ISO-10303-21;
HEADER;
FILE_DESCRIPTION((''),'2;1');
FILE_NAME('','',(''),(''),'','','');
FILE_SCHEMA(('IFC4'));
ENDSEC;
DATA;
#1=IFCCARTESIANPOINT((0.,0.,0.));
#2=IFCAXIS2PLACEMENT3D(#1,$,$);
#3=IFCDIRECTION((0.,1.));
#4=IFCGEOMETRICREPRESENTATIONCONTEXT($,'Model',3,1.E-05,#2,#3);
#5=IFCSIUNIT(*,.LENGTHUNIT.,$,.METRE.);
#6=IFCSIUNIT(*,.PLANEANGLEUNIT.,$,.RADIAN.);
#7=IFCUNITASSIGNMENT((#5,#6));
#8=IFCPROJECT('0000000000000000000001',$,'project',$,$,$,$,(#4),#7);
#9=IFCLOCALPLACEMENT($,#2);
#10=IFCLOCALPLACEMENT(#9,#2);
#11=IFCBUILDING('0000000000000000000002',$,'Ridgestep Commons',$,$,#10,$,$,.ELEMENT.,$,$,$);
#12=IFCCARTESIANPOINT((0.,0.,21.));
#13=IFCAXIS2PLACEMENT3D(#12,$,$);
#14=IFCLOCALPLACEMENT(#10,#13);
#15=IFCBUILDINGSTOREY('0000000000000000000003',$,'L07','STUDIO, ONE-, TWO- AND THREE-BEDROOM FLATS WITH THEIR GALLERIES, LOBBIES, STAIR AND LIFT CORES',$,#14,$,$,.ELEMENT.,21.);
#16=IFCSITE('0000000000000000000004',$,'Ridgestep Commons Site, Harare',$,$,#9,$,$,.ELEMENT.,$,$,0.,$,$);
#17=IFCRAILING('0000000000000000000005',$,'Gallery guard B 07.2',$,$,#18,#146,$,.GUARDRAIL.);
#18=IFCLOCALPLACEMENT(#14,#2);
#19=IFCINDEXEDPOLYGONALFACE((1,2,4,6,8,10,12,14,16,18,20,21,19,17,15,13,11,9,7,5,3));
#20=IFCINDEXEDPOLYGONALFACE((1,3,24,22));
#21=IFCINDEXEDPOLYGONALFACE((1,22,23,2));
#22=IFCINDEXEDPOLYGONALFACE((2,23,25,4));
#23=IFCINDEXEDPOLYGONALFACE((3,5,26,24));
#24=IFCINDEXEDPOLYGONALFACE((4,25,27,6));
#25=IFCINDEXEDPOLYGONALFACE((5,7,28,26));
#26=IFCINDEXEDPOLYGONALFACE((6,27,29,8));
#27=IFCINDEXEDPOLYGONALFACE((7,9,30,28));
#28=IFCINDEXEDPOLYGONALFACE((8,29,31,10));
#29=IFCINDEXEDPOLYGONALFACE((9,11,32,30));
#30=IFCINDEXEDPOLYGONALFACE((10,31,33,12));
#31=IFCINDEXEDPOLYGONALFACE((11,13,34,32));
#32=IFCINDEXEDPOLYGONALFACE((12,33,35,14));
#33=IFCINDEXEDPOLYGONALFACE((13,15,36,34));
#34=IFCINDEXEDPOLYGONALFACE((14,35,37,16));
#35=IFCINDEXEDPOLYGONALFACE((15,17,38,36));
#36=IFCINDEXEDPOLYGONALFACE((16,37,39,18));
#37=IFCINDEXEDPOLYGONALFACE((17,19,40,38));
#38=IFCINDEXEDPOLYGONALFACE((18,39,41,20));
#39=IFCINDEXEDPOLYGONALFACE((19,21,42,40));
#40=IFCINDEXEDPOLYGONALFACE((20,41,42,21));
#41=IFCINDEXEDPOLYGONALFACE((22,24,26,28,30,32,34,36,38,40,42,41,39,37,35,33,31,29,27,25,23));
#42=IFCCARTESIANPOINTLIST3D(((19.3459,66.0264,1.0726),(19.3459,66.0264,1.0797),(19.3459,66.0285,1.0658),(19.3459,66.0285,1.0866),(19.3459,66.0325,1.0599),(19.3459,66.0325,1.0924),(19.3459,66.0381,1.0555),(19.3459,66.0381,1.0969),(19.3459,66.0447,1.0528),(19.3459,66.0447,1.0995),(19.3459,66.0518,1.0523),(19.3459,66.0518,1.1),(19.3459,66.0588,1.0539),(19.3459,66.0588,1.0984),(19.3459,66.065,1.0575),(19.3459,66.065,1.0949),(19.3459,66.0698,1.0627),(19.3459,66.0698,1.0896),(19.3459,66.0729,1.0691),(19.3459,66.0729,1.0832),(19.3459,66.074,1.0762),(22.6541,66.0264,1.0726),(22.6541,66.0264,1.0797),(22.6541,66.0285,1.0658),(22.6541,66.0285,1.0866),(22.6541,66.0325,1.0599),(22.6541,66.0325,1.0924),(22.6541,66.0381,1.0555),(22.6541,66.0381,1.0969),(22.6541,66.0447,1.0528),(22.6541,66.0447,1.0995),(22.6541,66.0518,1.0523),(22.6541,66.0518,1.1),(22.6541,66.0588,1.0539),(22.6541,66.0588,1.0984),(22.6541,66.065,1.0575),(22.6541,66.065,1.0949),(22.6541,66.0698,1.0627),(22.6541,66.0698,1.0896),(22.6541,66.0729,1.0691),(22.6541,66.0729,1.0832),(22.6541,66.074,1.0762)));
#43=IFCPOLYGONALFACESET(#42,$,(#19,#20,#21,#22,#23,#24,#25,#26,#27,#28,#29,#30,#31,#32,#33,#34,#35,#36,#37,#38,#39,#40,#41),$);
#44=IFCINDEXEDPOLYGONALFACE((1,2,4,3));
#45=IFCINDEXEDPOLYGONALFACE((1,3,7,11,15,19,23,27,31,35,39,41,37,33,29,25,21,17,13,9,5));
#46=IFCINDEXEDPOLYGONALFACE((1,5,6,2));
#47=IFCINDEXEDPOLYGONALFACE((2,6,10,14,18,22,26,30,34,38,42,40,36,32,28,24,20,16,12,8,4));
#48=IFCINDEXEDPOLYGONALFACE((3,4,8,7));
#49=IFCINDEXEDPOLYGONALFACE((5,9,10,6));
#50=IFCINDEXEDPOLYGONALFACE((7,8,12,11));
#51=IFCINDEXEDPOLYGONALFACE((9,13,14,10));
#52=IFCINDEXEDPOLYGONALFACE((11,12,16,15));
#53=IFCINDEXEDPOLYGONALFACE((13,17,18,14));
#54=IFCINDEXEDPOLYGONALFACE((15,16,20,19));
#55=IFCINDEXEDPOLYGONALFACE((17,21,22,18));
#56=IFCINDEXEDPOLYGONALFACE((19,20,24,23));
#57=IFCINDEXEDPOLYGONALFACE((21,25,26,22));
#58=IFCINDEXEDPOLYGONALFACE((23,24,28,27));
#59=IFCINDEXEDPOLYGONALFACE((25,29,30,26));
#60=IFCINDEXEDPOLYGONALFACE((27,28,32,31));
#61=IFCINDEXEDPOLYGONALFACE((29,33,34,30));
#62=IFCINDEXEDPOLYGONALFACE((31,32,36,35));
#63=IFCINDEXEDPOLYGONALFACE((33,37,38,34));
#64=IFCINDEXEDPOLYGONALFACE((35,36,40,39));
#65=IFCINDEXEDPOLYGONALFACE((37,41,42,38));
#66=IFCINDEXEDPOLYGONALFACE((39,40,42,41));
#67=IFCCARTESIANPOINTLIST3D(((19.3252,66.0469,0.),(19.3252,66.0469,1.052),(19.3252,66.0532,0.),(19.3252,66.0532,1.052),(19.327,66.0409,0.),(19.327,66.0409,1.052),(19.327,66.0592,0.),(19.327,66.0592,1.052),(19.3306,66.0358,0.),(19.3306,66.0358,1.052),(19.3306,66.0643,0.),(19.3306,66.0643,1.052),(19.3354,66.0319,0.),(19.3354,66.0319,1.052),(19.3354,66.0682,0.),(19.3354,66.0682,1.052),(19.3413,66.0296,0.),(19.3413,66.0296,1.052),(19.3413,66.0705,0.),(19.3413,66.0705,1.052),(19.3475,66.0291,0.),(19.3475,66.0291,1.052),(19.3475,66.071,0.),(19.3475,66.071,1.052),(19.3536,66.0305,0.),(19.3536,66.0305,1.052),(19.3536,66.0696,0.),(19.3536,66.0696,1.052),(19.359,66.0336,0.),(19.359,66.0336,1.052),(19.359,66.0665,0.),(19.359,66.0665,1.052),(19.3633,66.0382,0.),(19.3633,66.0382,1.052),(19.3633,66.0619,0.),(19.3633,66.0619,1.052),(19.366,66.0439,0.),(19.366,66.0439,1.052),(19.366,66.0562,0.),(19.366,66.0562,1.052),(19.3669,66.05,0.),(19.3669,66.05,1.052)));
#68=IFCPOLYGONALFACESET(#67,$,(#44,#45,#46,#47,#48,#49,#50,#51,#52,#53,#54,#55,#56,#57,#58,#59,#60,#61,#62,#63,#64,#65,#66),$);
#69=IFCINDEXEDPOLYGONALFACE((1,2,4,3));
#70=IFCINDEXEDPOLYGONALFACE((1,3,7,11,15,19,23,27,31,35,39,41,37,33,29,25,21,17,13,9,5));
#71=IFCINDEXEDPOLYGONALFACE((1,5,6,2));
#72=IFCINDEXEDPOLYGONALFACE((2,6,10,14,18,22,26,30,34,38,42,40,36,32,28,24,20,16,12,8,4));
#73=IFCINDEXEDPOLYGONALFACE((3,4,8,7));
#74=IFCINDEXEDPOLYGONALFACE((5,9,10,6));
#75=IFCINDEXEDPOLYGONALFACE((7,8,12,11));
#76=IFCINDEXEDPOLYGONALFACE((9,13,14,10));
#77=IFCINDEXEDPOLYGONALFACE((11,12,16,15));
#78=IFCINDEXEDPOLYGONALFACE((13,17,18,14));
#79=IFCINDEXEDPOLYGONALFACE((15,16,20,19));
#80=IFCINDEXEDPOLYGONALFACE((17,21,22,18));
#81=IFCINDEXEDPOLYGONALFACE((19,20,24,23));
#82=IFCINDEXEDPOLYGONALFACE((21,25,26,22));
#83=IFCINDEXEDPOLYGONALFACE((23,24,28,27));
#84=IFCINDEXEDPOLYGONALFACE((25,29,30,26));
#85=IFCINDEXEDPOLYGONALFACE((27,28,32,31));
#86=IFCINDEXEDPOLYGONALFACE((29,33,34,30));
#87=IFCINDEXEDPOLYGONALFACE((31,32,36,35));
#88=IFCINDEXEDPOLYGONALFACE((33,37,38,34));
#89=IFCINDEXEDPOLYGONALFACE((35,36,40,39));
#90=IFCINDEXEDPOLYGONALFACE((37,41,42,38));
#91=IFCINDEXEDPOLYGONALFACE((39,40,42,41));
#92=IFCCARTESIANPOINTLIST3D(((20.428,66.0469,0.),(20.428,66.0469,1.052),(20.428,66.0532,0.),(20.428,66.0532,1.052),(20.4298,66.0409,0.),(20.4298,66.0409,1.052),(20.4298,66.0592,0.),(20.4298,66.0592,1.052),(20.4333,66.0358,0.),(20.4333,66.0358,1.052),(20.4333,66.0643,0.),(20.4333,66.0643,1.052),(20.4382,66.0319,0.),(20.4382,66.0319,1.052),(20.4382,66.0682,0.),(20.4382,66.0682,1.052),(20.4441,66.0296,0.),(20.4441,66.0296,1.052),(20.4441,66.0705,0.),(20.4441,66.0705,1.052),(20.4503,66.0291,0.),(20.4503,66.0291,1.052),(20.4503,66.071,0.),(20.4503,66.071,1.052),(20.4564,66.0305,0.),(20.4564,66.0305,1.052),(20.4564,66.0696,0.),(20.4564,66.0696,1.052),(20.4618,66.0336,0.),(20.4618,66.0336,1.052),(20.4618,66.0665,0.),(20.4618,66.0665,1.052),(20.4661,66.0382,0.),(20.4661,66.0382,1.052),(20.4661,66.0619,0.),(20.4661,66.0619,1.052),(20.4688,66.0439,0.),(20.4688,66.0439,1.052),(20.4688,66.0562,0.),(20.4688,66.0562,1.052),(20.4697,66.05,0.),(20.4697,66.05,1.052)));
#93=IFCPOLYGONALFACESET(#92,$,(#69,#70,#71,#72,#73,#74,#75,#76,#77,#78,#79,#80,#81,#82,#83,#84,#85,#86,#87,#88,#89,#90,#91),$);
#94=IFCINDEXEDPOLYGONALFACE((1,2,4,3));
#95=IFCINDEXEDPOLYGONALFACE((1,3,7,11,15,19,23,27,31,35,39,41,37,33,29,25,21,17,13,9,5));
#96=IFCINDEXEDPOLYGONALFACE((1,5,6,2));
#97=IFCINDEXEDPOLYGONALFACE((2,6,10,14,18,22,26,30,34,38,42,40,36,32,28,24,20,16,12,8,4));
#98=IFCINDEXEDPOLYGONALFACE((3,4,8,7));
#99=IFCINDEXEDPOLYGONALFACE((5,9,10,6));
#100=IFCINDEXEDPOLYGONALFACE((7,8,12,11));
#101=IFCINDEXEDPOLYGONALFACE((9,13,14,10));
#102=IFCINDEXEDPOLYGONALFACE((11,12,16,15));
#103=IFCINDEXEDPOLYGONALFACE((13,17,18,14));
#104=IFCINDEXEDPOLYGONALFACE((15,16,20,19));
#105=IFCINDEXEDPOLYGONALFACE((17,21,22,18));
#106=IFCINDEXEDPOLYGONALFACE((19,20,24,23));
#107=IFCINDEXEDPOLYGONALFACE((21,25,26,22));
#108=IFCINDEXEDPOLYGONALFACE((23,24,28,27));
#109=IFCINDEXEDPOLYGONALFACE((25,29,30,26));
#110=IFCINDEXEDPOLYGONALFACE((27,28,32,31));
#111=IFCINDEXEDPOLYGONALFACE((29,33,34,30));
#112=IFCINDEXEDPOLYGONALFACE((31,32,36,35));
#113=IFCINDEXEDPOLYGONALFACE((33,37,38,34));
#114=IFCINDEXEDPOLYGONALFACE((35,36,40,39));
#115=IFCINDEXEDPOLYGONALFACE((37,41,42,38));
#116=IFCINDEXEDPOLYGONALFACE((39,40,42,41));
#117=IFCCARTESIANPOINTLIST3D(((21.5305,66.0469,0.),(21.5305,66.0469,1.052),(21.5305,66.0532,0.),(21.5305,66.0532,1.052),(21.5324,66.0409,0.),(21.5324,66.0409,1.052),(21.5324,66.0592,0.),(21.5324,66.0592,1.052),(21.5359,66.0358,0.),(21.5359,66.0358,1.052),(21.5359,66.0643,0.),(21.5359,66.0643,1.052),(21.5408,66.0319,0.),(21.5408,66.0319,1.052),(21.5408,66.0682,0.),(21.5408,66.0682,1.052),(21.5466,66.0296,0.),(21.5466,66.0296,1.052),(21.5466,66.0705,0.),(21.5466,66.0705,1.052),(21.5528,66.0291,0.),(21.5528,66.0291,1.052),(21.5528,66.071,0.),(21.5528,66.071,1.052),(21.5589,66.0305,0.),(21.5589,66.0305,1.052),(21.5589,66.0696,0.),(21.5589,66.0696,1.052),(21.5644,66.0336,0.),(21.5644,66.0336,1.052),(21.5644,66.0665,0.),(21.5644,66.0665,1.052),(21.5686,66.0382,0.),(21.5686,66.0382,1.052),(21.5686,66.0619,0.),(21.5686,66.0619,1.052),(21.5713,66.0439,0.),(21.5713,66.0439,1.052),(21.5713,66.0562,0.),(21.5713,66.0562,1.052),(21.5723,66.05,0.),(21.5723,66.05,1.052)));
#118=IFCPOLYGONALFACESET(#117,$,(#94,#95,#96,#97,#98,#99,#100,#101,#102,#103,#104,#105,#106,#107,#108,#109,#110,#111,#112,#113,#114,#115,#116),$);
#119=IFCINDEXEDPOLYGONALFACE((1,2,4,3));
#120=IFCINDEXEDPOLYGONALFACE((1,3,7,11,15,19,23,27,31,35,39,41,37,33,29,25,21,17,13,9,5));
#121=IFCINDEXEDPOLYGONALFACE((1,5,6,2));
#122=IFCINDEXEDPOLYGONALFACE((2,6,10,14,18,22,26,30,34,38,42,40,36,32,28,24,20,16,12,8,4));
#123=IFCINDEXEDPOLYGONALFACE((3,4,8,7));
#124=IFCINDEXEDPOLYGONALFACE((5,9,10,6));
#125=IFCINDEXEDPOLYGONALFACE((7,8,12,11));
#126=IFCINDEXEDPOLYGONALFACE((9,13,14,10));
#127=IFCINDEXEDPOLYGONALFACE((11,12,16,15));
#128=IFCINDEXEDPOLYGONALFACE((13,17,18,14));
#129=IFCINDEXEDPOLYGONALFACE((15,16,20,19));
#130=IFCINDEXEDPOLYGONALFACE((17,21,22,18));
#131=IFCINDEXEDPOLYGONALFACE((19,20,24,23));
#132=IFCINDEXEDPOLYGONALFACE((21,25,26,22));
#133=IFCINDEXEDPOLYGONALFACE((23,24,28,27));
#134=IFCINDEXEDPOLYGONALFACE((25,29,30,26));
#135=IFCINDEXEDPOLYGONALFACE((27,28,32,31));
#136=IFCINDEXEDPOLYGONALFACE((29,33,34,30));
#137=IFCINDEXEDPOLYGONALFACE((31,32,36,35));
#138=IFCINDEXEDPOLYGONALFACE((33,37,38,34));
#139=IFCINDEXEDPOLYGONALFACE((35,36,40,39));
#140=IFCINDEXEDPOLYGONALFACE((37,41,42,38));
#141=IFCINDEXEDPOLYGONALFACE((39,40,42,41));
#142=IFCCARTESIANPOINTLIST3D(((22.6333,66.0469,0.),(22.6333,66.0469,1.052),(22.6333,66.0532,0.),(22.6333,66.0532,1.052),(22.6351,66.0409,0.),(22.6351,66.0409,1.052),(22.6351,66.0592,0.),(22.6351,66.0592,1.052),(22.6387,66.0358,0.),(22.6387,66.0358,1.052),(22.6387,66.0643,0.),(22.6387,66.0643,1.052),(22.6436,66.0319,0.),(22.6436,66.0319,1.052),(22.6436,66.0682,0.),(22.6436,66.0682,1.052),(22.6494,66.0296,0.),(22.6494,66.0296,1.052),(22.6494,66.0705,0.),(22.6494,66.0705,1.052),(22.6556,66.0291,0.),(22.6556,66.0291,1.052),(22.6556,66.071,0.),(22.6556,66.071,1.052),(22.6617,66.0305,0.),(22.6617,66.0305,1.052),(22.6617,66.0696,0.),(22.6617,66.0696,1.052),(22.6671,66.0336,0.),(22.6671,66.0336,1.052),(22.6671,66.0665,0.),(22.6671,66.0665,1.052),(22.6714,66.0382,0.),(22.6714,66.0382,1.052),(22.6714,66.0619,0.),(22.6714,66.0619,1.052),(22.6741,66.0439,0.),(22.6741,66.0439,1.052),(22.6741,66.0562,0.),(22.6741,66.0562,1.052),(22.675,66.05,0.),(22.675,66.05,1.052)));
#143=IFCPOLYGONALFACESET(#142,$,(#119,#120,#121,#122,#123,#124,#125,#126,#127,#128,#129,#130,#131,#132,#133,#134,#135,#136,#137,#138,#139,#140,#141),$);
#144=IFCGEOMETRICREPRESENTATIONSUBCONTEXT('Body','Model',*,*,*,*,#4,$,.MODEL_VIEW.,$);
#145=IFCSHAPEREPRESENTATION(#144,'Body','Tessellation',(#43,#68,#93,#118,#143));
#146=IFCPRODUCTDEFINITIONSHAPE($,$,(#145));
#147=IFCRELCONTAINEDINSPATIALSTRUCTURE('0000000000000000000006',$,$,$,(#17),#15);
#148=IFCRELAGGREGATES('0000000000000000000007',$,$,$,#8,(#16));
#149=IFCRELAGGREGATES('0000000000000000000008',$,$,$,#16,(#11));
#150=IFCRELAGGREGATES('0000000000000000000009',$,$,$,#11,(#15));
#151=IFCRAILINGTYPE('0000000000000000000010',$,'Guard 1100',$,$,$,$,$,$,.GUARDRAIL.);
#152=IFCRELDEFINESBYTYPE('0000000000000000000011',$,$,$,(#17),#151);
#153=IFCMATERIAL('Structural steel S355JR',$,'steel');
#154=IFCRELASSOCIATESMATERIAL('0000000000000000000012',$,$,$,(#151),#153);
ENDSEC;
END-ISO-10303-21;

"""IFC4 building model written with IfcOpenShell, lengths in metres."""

from ifc_helpers import new_model, si_unit, direction, frame, origin, origin_2d, place, context, subcontext, project, spatial, circle, extrude, material, type_object, element, save


model = new_model("IFC4")

# Units and contexts
model_context = context("Model", 3, precision=1e-05, world=origin(), true_north=direction((0.0, 1.0)))
body_context = subcontext(model_context, "Body", "Model", "MODEL_VIEW")
ifc_project = project(units=[si_unit("LENGTHUNIT", "METRE"), si_unit("PLANEANGLEUNIT", "RADIAN")], contexts=[model_context])

# Site, building, storey
site_placement = place(None, origin())
site = spatial("IfcSite", under=ifc_project, at=site_placement, Name="Ridgestep Commons Site, Harare", CompositionType="ELEMENT", RefElevation=0.0)
building_placement = place(site_placement, origin())
building = spatial("IfcBuilding", under=site, at=building_placement, Name="Ridgestep Commons", CompositionType="ELEMENT")
storey_placement = place(building_placement, frame((0.0, 0.0, 21.0)))
storey = spatial("IfcBuildingStorey", under=building, at=storey_placement, Name="L07", Description="STUDIO, ONE-, TWO- AND THREE-BEDROOM FLATS WITH THEIR GALLERIES, LOBBIES, STAIR AND LIFT CORES", CompositionType="ELEMENT", Elevation=21.0)

# Railing
ifc_material_1 = material(Name="Structural steel S355JR", Category="steel")
railing_type_1 = type_object("IfcRailingType", Name="Guard 1100", PredefinedType="GUARDRAIL", material=ifc_material_1)
railing_1_placement = place(storey_placement, frame((19.3459, 66.05, 0.0)))
element("IfcRailing", 1, at=railing_1_placement, inside=storey, type_object=railing_type_1, Name="Gallery guard B 07.2", PredefinedType="GUARDRAIL", context=body_context, shape_type="SweptSolid", body=[
    extrude(circle(Radius=0.0239, at=origin_2d()), frame((0.0, 0.0, 1.0762), z_axis=(1.0, 0.0, 0.0), x_axis=(0.0, 1.0, 0.0)), (0.0, 0.0, 1.0), 3.3081),
    extrude(circle(Radius=0.021, at=origin_2d()), origin(), (0.0, 0.0, 1.0), 1.052),
    extrude(circle(Radius=0.021, at=origin_2d()), frame((1.1028, 0.0, 0.0)), (0.0, 0.0, 1.0), 1.052),
    extrude(circle(Radius=0.021, at=origin_2d()), frame((2.2053, 0.0, 0.0)), (0.0, 0.0, 1.0), 1.052),
    extrude(circle(Radius=0.021, at=origin_2d()), frame((3.3081, 0.0, 0.0)), (0.0, 0.0, 1.0), 1.052),
])

save(model, "model.ifc")
